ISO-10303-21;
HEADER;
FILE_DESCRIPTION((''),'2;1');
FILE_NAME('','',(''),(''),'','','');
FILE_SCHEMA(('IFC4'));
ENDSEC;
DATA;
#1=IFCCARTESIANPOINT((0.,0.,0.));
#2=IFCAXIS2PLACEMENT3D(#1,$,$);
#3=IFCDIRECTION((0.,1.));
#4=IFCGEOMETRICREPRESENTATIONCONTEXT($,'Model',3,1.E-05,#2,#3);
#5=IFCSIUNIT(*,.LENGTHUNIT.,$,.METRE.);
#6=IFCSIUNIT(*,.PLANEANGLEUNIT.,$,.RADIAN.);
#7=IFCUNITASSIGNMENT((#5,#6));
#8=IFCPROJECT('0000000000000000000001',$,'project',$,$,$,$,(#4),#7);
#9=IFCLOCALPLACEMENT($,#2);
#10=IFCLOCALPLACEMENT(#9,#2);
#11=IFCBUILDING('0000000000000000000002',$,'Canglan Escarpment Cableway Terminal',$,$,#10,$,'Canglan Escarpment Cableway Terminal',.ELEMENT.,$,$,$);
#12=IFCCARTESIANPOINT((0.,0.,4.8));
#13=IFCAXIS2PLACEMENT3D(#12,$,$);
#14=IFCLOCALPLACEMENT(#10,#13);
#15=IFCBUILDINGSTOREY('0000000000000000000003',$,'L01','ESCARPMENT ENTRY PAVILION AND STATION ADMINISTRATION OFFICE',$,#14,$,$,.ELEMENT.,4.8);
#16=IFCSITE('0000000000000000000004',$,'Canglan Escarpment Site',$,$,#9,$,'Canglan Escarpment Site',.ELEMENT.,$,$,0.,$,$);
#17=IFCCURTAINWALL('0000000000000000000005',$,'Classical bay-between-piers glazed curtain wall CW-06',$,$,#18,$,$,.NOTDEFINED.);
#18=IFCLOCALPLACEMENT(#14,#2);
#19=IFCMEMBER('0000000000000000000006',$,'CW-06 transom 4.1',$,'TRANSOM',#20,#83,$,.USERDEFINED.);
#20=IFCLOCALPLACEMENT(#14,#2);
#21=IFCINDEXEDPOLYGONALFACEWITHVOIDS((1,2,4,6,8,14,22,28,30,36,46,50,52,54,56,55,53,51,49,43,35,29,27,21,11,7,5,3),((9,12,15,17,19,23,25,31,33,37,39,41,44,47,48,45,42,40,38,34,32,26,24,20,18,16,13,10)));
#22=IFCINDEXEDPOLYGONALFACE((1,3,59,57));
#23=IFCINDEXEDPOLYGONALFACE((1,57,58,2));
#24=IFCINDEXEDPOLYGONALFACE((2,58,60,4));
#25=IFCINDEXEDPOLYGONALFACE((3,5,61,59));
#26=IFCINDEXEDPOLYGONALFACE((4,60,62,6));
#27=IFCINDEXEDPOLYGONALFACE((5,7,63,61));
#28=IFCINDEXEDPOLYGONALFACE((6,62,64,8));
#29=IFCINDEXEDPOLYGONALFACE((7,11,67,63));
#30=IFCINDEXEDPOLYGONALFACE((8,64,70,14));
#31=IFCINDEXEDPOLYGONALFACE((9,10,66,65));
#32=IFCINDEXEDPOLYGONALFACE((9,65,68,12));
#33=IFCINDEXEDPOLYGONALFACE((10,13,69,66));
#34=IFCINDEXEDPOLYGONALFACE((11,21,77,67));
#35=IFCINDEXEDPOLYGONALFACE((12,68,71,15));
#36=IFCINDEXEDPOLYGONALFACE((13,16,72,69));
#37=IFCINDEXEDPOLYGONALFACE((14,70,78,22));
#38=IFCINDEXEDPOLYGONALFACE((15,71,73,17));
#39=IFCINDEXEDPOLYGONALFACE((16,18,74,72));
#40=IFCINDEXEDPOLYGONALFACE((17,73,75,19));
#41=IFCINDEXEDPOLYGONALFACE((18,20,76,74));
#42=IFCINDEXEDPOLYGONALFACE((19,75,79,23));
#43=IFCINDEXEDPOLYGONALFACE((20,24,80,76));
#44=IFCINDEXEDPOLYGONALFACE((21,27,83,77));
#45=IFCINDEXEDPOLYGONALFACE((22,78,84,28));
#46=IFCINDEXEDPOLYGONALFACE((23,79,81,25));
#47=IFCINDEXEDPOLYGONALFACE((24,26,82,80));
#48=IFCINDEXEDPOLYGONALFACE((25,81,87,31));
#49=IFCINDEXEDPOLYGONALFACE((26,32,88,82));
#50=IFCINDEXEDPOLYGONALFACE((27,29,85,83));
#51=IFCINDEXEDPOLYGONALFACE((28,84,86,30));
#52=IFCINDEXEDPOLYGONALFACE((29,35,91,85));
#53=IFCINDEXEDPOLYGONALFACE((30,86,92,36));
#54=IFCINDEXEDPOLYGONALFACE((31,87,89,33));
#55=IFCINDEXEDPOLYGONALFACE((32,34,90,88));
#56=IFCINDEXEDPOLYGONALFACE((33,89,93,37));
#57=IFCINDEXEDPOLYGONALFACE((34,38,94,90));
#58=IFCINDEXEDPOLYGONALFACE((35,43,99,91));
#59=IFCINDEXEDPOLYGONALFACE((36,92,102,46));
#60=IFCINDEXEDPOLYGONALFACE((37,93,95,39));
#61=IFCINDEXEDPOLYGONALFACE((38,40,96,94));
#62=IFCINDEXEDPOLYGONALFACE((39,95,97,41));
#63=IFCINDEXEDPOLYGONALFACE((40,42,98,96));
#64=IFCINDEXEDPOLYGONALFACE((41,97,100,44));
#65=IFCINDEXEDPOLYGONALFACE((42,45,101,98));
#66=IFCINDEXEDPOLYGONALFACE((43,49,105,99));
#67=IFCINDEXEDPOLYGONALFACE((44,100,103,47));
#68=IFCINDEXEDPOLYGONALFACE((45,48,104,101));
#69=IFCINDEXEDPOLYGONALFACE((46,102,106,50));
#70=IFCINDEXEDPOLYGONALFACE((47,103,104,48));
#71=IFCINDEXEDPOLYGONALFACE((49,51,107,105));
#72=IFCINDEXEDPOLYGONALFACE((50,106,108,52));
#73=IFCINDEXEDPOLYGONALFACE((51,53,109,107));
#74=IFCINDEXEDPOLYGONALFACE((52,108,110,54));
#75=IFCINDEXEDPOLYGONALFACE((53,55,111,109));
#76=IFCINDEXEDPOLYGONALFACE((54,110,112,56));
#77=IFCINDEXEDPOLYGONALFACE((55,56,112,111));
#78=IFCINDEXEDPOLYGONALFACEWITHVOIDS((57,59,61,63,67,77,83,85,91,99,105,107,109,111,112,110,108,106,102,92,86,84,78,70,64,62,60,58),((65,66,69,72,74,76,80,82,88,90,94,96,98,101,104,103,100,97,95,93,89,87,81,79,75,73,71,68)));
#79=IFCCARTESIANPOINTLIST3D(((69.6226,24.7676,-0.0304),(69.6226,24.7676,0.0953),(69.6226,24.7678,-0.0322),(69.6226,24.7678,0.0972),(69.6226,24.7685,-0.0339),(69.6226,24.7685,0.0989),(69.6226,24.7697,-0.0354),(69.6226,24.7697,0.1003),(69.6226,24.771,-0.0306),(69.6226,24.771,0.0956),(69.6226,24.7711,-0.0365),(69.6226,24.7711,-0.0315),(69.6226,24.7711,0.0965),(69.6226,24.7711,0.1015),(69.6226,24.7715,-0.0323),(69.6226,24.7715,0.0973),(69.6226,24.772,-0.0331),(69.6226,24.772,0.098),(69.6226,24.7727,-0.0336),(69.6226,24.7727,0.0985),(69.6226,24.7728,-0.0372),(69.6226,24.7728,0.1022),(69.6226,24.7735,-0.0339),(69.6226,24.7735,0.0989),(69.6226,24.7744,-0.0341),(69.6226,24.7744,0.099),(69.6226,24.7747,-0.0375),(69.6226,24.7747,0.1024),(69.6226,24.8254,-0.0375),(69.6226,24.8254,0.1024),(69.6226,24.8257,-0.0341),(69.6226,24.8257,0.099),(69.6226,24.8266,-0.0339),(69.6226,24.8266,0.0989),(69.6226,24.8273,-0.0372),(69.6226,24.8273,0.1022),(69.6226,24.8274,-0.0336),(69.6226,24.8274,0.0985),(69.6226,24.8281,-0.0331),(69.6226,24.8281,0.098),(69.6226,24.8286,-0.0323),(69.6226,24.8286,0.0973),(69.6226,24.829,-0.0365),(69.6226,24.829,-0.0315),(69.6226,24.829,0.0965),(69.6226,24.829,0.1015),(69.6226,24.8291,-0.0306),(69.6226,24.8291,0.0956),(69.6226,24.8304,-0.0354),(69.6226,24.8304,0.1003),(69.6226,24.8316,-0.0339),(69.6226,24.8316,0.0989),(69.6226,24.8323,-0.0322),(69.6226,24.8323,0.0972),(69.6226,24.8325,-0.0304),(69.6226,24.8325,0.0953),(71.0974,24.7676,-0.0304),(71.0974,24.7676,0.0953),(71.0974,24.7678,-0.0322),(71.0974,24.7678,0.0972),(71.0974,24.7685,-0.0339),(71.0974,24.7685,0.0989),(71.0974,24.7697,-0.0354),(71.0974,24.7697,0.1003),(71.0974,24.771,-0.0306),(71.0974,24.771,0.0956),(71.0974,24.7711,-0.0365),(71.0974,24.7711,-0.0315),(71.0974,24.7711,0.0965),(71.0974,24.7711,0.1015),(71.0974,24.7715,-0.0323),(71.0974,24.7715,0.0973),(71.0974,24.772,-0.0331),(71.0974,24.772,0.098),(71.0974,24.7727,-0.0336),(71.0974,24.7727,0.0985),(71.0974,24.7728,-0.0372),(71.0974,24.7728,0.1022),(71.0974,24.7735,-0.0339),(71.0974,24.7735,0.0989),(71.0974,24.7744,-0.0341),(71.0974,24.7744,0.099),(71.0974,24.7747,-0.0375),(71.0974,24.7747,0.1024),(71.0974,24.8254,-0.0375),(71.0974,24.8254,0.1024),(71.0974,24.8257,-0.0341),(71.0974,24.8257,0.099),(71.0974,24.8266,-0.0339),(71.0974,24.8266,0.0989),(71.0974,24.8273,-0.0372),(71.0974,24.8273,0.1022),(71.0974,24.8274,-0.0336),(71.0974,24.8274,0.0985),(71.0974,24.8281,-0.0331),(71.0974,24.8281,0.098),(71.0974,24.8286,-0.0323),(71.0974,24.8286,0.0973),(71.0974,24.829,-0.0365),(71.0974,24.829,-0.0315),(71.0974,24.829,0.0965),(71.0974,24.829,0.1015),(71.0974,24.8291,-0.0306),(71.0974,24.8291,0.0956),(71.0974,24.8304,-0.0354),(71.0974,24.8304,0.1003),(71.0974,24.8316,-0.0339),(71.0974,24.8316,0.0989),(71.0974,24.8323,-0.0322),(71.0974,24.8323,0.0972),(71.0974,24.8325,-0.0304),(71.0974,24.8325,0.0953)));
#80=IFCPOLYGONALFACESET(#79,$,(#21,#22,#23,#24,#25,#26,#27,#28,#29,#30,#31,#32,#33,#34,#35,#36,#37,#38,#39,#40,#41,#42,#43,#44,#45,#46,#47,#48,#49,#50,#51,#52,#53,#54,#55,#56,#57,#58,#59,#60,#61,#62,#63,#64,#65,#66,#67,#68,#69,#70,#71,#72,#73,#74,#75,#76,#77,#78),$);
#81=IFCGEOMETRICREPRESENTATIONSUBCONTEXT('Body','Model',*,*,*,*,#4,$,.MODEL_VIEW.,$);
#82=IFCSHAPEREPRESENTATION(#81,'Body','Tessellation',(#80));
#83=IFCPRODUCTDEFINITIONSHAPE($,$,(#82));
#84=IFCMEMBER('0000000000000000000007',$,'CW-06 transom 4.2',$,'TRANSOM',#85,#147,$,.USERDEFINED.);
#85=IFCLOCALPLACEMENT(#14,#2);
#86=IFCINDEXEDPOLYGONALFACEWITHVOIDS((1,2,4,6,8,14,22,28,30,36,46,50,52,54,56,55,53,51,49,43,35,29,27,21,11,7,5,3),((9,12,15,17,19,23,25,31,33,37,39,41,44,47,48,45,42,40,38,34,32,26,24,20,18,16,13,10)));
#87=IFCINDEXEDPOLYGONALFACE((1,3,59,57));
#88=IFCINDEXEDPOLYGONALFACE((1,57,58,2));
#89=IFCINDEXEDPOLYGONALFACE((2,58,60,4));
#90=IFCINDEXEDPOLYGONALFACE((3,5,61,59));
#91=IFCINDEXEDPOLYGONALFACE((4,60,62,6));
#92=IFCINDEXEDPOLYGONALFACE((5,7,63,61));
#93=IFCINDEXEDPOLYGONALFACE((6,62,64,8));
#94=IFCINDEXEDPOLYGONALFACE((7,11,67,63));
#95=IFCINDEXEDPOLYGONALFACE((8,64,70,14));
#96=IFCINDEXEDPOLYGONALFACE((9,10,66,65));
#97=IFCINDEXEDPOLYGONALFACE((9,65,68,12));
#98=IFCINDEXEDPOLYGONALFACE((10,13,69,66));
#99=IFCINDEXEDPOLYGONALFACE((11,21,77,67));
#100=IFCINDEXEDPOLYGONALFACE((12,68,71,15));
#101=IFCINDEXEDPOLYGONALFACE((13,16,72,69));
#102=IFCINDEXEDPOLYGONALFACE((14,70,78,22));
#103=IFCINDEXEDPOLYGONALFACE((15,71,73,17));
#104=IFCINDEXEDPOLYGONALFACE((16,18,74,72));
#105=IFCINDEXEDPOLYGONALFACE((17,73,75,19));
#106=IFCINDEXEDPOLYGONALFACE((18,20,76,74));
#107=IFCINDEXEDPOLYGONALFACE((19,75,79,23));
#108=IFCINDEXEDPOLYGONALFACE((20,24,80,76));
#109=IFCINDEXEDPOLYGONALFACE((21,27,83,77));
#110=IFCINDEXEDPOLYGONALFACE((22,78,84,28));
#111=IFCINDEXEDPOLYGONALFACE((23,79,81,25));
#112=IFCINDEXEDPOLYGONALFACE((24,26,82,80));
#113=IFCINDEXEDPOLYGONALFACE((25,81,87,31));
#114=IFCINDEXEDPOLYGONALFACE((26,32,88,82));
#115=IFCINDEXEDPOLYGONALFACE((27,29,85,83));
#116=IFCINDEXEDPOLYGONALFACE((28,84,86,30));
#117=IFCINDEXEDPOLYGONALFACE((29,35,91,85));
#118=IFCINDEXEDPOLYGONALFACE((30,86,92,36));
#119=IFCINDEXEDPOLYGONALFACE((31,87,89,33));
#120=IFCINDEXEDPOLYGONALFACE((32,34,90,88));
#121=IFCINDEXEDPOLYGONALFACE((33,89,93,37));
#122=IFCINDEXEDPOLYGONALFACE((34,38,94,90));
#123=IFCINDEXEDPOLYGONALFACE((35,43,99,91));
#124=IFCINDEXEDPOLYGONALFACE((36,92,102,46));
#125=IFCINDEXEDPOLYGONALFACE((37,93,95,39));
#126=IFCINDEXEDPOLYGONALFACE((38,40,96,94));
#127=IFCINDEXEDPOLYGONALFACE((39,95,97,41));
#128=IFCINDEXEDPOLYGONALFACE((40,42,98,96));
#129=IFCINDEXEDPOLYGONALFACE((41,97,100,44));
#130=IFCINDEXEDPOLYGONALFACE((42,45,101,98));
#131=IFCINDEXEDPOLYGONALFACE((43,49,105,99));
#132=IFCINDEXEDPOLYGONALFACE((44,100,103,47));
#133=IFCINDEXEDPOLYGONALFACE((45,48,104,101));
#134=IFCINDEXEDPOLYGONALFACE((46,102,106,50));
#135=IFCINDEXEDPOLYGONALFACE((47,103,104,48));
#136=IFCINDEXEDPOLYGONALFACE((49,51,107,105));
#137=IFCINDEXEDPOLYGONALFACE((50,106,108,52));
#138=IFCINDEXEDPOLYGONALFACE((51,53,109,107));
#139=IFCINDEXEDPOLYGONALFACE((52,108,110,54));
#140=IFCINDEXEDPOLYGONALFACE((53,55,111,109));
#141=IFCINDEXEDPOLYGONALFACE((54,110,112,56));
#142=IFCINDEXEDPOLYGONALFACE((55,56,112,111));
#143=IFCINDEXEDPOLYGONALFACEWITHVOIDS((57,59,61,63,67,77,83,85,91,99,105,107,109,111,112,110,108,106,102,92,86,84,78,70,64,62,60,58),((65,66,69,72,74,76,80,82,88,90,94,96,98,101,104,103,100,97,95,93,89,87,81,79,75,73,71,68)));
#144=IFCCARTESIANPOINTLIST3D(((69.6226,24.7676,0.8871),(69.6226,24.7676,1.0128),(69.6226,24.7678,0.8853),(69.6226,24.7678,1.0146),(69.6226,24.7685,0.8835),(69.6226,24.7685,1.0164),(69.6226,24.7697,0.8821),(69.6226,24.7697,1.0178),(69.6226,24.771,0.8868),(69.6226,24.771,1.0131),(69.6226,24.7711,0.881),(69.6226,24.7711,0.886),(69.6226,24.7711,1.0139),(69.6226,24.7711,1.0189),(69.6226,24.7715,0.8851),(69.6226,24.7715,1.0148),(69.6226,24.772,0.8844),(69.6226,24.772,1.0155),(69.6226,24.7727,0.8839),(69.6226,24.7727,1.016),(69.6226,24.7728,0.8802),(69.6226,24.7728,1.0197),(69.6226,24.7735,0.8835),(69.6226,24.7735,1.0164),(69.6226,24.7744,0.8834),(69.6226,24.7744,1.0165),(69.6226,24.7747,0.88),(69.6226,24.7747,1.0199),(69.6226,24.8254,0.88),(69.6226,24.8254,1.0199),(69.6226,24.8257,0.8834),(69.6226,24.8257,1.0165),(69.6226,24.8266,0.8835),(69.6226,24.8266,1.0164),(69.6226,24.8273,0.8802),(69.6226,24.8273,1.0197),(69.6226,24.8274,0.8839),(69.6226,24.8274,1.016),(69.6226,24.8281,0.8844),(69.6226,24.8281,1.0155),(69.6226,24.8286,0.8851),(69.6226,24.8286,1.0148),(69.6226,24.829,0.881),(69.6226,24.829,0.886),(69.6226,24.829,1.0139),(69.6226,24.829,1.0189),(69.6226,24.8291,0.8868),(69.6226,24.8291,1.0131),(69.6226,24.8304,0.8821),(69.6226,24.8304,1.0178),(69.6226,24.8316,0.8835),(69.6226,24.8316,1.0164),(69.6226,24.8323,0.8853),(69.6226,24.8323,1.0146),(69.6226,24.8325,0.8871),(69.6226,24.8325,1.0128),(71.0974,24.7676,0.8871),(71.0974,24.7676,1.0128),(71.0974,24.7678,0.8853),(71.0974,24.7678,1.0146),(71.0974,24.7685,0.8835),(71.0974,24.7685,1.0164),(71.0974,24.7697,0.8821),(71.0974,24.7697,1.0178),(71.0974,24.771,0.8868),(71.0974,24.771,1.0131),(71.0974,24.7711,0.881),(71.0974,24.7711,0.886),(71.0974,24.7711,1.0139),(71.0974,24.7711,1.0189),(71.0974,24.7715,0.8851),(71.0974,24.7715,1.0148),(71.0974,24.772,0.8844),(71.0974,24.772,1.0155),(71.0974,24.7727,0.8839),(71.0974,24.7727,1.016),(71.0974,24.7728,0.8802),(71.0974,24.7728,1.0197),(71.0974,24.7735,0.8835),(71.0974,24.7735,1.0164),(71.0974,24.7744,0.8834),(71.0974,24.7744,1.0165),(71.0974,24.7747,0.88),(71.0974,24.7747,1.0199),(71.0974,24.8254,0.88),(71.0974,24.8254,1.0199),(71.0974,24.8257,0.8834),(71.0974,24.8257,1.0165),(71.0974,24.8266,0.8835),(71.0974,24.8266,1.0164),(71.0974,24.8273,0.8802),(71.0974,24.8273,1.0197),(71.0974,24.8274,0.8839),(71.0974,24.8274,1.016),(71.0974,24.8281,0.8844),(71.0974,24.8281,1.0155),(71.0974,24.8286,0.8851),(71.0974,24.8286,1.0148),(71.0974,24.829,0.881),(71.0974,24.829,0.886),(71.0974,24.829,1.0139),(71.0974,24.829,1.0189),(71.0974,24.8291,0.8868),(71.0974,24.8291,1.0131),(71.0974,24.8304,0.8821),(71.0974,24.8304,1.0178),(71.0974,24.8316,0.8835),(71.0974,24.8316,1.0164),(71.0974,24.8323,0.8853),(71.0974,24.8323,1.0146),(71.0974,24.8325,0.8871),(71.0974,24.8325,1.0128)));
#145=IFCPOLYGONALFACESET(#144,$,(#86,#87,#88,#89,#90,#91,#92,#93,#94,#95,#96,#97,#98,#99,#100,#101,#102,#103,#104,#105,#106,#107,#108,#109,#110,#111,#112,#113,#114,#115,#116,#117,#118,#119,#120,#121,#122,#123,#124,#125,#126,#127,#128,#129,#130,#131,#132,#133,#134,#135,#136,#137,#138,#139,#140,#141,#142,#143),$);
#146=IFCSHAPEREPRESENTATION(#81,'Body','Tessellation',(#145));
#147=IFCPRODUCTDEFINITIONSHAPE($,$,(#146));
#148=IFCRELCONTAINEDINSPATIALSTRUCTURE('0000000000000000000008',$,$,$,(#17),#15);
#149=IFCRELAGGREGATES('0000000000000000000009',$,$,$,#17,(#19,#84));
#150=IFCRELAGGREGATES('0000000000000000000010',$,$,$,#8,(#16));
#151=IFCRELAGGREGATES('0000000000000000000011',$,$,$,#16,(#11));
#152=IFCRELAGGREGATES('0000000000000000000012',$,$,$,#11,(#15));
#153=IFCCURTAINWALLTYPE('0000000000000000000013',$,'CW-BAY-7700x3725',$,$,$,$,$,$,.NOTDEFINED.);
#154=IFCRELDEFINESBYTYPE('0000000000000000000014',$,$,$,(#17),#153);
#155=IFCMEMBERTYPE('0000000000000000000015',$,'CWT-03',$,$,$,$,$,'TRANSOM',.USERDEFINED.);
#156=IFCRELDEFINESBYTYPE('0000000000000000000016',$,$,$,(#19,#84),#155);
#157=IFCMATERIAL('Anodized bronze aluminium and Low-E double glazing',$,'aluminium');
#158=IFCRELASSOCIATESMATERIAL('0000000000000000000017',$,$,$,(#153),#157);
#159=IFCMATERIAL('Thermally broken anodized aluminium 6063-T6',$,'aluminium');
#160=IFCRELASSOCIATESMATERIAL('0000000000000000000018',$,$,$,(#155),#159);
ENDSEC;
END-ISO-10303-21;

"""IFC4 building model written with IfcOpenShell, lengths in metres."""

from ifc_helpers import new_model, si_unit, direction, frame, origin, origin_2d, place, context, subcontext, project, spatial, hollow_rectangle, extrude, material, material_profile, profile_set, type_object, element, aggregate, save


model = new_model("IFC4")

# Units and contexts
model_context = context("Model", 3, precision=1e-05, world=origin(), true_north=direction((0.0, 1.0)))
body_context = subcontext(model_context, "Body", "Model", "MODEL_VIEW")
ifc_project = project(units=[si_unit("LENGTHUNIT", "METRE"), si_unit("PLANEANGLEUNIT", "RADIAN")], contexts=[model_context])

# Site, building, storey
site_placement = place(None, origin())
site = spatial("IfcSite", under=ifc_project, at=site_placement, Name="Canglan Escarpment Site", LongName="Canglan Escarpment Site", CompositionType="ELEMENT", RefElevation=0.0)
building_placement = place(site_placement, origin())
building = spatial("IfcBuilding", under=site, at=building_placement, Name="Canglan Escarpment Cableway Terminal", LongName="Canglan Escarpment Cableway Terminal", CompositionType="ELEMENT")
storey_placement = place(building_placement, frame((0.0, 0.0, 4.8)))
storey = spatial("IfcBuildingStorey", under=building, at=storey_placement, Name="L01", Description="ESCARPMENT ENTRY PAVILION AND STATION ADMINISTRATION OFFICE", CompositionType="ELEMENT", Elevation=4.8)

# Curtain wall, members
ifc_material_1 = material(Name="Anodized bronze aluminium and Low-E double glazing", Category="aluminium")
curtain_wall_type = type_object("IfcCurtainWallType", Name="CW-BAY-7700x3725", PredefinedType="NOTDEFINED", material=ifc_material_1)
curtain_wall_placement = place(storey_placement, origin())
curtain_wall = element("IfcCurtainWall", 1, at=curtain_wall_placement, inside=storey, type_object=curtain_wall_type, Name="Classical bay-between-piers glazed curtain wall CW-06", PredefinedType="NOTDEFINED")
ifc_material_2 = material(Name="Thermally broken anodized aluminium 6063-T6", Category="aluminium")
ifc_material_profile_1 = material_profile(ifc_material_2, hollow_rectangle(XDim=0.0649, YDim=0.1399, WallThickness=0.0034, InnerFilletRadius=0.0034, OuterFilletRadius=0.0071, at=origin_2d()), Name="ALU-TRAN 65x140x3.5")
ifc_profile_set_1 = profile_set([ifc_material_profile_1], Name="Thermally broken anodized aluminium 6063-T6")
member_type_1 = type_object("IfcMemberType", Name="CWT-03", ElementType="TRANSOM", PredefinedType="USERDEFINED", material=ifc_profile_set_1)
member_1_placement = place(storey_placement, frame((71.0974, 24.8, 0.0325), z_axis=(-1.0, 0.0, 0.0), x_axis=(0.0, -1.0, 0.0)))
member_1 = element("IfcMember", 2, at=member_1_placement, type_object=member_type_1, Name="CW-06 transom 4.1", ObjectType="TRANSOM", PredefinedType="USERDEFINED", context=body_context, shape_type="SweptSolid", body=[
    extrude(hollow_rectangle(XDim=0.0649, YDim=0.1399, WallThickness=0.0034, InnerFilletRadius=0.0034, OuterFilletRadius=0.0071, at=origin_2d()), origin(), (0.0, 0.0, 1.0), 1.4749),
])
member_2_placement = place(storey_placement, frame((71.0974, 24.8, 0.95), z_axis=(-1.0, 0.0, 0.0), x_axis=(0.0, -1.0, 0.0)))
member_2 = element("IfcMember", 3, at=member_2_placement, type_object=member_type_1, Name="CW-06 transom 4.2", ObjectType="TRANSOM", PredefinedType="USERDEFINED", context=body_context, shape_type="SweptSolid", body=[
    extrude(hollow_rectangle(XDim=0.0649, YDim=0.1399, WallThickness=0.0034, InnerFilletRadius=0.0034, OuterFilletRadius=0.0071, at=origin_2d()), origin(), (0.0, 0.0, 1.0), 1.4749),
])

aggregate(curtain_wall, [member_1, member_2])

save(model, "model.ifc")
